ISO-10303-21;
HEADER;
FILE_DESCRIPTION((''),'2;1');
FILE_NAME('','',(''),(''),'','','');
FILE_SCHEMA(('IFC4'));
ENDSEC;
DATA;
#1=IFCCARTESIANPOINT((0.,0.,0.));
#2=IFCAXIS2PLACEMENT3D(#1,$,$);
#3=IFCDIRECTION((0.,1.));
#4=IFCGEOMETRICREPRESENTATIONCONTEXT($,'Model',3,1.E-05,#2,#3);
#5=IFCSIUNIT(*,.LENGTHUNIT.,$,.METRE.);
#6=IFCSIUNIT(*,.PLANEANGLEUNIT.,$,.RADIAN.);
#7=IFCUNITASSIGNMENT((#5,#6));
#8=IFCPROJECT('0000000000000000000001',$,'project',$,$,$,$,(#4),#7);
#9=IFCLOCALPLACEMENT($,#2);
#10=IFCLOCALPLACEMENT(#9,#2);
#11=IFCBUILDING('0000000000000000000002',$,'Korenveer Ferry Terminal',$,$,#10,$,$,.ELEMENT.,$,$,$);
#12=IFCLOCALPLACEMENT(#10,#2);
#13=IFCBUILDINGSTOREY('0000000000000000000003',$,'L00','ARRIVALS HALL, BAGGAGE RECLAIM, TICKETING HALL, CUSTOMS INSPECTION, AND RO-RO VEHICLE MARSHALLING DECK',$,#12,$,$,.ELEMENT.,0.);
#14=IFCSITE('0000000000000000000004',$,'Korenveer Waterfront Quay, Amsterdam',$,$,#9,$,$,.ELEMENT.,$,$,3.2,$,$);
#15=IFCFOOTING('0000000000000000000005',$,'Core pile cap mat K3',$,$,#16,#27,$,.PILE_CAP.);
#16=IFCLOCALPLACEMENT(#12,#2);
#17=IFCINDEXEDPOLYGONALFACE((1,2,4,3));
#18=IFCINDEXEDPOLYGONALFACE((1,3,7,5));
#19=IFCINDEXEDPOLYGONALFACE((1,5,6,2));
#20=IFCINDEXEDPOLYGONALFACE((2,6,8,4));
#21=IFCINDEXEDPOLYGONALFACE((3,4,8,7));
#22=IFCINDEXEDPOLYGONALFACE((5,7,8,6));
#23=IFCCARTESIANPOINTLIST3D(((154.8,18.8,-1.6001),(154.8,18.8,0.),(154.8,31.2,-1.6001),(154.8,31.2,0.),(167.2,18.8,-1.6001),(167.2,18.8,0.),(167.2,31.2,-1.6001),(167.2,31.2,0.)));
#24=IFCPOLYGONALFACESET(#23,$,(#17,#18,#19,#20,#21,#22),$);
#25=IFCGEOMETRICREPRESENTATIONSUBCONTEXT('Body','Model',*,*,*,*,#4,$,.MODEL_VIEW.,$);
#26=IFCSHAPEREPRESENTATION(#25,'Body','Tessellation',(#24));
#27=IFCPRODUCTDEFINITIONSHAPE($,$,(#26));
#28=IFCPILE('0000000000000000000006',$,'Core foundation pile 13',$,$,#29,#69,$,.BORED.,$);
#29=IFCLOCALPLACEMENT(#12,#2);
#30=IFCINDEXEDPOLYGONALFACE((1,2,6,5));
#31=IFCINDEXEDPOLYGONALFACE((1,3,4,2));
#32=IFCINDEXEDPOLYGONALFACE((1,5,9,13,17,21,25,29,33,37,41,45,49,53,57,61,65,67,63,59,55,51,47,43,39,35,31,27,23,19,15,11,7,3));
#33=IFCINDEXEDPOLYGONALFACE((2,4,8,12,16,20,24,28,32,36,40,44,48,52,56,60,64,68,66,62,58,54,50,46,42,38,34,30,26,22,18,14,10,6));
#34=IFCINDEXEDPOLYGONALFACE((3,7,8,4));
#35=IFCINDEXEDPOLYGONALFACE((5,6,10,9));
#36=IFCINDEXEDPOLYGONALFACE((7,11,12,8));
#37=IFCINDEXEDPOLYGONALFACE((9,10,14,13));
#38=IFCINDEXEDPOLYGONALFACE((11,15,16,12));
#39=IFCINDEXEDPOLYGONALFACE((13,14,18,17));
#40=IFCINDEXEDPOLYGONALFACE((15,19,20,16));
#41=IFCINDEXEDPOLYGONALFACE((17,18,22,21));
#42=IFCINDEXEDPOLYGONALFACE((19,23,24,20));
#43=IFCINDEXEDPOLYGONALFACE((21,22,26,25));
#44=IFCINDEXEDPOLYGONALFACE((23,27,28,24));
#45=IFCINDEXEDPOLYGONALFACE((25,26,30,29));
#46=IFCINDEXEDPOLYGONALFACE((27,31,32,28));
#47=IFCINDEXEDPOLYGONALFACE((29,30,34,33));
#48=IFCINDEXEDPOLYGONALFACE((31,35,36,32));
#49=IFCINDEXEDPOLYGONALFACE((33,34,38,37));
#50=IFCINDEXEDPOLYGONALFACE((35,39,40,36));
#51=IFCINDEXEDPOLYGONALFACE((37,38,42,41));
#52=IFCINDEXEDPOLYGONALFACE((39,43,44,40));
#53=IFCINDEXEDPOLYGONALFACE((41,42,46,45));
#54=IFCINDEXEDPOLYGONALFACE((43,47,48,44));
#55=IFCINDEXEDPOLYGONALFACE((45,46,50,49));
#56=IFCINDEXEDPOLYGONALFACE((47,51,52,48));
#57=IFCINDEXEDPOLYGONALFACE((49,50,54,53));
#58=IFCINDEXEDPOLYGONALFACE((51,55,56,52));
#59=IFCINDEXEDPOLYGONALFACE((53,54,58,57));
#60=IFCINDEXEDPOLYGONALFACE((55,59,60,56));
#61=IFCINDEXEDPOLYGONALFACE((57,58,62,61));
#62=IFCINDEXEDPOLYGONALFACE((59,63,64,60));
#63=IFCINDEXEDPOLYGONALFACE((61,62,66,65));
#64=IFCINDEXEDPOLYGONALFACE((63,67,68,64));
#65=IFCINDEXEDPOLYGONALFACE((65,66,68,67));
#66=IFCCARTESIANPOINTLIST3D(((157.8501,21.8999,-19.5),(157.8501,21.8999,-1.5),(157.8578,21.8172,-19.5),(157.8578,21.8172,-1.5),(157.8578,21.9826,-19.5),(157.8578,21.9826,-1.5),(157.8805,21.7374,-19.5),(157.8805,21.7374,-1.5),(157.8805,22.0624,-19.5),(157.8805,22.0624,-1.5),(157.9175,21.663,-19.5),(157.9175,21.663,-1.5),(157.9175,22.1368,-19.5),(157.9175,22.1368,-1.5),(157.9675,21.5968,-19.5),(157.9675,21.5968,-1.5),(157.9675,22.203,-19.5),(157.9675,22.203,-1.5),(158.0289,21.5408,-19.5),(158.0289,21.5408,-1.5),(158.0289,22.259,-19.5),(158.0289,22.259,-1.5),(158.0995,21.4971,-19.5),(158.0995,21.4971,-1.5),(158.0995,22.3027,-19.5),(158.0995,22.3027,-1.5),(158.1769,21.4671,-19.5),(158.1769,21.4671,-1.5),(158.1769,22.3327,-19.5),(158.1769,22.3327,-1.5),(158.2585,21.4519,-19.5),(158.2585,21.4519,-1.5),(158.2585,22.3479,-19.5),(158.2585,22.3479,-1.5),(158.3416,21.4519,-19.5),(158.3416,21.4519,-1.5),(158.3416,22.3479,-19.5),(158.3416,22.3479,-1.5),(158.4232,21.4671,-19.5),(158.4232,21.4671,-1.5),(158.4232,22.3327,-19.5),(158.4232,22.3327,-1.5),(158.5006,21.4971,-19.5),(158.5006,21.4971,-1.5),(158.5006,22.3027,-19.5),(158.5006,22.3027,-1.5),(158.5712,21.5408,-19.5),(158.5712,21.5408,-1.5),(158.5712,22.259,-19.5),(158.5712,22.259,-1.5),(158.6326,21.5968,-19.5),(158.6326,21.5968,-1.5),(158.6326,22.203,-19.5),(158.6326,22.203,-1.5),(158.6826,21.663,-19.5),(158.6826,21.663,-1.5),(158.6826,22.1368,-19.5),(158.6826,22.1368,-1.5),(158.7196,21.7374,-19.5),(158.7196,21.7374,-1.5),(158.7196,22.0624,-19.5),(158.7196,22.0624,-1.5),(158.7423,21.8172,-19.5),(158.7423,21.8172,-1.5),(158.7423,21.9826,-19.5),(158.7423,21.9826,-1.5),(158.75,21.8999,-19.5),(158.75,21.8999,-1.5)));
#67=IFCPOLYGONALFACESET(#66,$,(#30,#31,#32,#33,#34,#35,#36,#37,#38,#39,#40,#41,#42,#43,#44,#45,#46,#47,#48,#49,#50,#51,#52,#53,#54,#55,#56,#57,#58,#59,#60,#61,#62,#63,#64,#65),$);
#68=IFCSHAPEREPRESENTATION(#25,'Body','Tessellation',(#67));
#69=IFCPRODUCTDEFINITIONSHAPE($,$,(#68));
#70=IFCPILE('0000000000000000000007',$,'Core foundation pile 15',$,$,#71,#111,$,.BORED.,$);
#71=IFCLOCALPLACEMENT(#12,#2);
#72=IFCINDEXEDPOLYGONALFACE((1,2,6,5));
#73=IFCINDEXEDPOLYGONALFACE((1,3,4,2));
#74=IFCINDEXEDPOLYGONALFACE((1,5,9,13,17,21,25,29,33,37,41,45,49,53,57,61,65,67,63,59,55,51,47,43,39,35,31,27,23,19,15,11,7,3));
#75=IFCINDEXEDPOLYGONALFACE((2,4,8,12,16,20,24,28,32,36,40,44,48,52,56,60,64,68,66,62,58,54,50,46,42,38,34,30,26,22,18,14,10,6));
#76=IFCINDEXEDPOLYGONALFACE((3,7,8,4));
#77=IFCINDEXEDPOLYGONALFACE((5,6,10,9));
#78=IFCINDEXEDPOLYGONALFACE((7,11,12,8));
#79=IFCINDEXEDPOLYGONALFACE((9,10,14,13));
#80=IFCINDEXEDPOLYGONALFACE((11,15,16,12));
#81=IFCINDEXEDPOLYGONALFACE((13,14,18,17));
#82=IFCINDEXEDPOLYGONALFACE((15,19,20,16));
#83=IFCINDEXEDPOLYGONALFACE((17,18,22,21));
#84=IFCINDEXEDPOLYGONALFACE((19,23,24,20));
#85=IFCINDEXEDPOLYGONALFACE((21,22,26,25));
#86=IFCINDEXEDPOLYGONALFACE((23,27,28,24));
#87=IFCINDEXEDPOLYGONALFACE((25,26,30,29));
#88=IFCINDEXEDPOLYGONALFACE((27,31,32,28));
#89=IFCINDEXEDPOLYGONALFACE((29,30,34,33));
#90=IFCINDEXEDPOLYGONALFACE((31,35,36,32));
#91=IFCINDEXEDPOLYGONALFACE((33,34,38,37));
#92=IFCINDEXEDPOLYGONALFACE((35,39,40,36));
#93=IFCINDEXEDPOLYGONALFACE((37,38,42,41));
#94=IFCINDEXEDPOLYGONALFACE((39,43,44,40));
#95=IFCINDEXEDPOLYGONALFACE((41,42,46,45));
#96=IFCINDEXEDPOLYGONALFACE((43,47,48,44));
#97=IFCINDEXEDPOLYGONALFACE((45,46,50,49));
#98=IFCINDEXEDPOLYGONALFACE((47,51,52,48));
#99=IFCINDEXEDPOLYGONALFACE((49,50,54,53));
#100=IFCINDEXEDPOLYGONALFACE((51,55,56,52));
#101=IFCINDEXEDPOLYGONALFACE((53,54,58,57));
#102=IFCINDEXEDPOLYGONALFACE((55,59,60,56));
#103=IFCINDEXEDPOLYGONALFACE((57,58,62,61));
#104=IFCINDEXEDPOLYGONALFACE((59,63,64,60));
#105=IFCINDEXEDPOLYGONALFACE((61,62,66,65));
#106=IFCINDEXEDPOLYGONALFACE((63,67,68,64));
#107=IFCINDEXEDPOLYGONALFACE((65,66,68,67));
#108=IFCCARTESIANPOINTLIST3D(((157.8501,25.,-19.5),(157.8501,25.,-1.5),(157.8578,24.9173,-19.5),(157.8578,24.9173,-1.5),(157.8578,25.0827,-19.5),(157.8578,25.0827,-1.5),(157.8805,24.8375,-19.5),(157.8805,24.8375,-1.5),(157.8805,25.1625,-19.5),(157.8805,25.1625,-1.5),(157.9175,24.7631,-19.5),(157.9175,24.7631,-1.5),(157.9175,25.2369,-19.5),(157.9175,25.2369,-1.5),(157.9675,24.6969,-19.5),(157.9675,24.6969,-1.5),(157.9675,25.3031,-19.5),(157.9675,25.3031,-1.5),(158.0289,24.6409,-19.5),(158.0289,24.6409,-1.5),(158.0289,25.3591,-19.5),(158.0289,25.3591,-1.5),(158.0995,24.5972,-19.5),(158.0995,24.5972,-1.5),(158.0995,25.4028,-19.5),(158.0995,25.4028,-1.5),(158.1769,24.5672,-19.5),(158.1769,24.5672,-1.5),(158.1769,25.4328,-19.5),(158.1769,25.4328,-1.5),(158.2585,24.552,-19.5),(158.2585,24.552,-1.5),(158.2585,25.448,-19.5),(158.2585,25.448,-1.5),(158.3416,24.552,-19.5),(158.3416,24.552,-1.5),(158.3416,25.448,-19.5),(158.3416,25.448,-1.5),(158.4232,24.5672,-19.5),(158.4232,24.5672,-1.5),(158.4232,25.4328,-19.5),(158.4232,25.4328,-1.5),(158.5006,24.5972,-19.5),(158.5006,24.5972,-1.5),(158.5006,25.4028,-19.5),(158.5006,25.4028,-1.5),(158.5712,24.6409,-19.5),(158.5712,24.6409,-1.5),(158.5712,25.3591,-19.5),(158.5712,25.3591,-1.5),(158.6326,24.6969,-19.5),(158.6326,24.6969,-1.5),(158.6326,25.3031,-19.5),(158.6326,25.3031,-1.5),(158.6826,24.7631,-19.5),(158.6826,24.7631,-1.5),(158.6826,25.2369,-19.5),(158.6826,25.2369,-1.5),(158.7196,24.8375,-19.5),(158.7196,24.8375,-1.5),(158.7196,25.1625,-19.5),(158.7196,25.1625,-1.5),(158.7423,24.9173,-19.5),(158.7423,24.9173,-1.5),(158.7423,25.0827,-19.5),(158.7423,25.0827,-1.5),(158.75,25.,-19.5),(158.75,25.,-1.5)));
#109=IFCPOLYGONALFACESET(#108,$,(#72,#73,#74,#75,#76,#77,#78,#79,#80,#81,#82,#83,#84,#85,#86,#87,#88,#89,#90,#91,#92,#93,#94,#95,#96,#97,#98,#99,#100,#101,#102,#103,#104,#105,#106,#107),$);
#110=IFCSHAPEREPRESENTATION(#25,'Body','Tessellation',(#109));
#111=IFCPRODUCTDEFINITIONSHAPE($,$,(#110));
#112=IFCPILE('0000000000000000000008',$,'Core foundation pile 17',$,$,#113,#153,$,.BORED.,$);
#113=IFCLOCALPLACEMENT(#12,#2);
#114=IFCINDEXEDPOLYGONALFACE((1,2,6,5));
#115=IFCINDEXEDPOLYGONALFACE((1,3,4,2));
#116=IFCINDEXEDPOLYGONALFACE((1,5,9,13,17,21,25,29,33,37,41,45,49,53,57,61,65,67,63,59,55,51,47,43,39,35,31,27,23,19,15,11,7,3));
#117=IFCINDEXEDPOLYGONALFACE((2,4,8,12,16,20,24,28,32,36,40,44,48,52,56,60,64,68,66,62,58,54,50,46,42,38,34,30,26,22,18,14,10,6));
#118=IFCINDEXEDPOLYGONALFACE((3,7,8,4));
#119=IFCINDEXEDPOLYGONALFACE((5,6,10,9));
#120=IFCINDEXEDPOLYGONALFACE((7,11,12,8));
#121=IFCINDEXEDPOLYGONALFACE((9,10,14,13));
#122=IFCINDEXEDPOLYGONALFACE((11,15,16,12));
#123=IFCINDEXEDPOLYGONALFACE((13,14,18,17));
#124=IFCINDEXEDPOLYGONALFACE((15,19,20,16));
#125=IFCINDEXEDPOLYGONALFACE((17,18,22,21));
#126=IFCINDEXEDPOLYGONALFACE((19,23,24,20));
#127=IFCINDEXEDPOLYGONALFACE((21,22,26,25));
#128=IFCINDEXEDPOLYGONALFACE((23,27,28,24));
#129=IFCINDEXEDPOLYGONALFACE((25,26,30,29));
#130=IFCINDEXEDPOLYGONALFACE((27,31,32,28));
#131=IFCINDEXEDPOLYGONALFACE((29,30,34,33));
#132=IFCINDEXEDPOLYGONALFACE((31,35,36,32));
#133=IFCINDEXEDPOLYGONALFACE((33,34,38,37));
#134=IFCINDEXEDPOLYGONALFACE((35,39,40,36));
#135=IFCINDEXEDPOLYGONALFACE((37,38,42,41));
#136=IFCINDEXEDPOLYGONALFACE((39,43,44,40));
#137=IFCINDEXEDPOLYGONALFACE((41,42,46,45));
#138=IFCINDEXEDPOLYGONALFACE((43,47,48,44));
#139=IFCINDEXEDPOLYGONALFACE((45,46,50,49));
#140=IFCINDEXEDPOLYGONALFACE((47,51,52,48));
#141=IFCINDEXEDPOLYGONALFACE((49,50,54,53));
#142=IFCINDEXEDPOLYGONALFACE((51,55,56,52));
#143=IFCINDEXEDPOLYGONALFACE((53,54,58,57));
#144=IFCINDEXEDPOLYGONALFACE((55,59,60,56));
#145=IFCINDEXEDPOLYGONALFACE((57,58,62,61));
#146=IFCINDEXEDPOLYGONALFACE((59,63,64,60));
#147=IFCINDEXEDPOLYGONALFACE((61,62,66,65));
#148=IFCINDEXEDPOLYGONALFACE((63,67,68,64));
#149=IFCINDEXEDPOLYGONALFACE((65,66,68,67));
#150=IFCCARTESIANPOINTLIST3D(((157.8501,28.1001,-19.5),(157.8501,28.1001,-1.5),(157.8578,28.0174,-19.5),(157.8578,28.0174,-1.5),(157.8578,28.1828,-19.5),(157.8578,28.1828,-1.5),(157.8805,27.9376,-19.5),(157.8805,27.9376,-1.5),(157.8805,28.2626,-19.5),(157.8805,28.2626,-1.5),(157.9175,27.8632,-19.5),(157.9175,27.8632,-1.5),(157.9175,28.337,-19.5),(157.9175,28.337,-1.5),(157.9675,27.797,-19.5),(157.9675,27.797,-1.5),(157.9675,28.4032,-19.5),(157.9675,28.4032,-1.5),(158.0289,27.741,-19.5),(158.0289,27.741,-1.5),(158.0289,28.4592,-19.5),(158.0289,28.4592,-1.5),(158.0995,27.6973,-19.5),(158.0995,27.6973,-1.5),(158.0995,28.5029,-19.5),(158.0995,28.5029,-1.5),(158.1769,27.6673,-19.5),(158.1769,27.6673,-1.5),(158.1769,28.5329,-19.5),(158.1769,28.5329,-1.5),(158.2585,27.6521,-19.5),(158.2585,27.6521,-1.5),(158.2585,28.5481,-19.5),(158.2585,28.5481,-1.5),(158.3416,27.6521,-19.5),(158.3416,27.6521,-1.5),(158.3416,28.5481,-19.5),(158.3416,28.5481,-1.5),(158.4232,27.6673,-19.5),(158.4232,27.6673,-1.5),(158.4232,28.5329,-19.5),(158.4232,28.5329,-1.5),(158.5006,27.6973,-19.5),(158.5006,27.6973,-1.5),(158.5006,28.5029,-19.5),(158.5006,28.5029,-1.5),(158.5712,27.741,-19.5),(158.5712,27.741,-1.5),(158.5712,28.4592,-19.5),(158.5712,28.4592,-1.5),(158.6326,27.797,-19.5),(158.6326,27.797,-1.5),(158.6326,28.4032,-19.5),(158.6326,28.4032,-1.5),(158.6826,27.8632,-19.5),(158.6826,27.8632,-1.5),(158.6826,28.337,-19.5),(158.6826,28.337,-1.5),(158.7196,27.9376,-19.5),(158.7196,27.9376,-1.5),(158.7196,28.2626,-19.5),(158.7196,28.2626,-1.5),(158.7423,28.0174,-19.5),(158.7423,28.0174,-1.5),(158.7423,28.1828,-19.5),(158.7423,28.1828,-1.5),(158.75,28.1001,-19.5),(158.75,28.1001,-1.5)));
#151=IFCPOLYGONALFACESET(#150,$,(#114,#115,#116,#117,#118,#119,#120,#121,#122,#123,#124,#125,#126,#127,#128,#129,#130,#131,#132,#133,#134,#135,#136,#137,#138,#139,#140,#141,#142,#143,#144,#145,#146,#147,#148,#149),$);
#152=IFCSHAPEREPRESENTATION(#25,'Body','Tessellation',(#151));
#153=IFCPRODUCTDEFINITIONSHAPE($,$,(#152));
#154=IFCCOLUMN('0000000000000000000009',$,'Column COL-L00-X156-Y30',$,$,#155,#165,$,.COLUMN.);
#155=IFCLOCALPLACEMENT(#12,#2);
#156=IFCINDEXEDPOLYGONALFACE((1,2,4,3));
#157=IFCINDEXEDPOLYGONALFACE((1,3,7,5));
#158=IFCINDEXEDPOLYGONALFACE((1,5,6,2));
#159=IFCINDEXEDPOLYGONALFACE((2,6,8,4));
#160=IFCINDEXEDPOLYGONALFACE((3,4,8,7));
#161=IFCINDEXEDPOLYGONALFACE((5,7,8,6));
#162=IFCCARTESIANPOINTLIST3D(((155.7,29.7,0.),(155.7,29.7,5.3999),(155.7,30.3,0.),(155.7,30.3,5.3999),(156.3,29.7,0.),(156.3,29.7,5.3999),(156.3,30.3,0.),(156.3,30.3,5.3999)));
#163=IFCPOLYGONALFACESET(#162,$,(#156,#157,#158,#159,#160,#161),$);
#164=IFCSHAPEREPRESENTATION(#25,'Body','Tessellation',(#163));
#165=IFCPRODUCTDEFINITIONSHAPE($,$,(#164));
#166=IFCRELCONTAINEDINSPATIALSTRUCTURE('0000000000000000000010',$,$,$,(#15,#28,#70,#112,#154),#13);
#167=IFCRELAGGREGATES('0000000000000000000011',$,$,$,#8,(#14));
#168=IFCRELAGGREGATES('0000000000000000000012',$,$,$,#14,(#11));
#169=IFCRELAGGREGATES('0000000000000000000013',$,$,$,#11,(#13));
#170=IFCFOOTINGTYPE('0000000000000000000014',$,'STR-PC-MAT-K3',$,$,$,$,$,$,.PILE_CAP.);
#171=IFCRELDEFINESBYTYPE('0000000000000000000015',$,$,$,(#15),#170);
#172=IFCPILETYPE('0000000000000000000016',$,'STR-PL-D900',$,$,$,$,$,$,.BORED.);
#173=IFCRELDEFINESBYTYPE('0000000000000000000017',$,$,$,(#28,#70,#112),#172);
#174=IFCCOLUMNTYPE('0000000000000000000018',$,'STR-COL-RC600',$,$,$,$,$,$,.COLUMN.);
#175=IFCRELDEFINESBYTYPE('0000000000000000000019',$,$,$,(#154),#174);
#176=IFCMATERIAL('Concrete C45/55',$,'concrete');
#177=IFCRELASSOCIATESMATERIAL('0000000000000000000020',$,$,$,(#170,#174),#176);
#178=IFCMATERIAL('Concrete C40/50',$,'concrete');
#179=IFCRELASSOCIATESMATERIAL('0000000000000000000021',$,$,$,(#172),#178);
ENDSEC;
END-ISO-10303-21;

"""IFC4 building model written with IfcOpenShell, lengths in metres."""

from ifc_helpers import new_model, si_unit, direction, frame, origin, origin_2d, place, context, subcontext, project, spatial, rectangle, circle, extrude, material, material_profile, profile_set, type_object, element, save


model = new_model("IFC4")

# Units and contexts
model_context = context("Model", 3, precision=1e-05, world=origin(), true_north=direction((0.0, 1.0)))
body_context = subcontext(model_context, "Body", "Model", "MODEL_VIEW")
ifc_project = project(units=[si_unit("LENGTHUNIT", "METRE"), si_unit("PLANEANGLEUNIT", "RADIAN")], contexts=[model_context])

# Site, building, storey
site_placement = place(None, origin())
site = spatial("IfcSite", under=ifc_project, at=site_placement, Name="Korenveer Waterfront Quay, Amsterdam", CompositionType="ELEMENT", RefElevation=3.2)
building_placement = place(site_placement, origin())
building = spatial("IfcBuilding", under=site, at=building_placement, Name="Korenveer Ferry Terminal", CompositionType="ELEMENT")
storey_placement = place(building_placement, origin())
storey = spatial("IfcBuildingStorey", under=building, at=storey_placement, Name="L00", Description="ARRIVALS HALL, BAGGAGE RECLAIM, TICKETING HALL, CUSTOMS INSPECTION, AND RO-RO VEHICLE MARSHALLING DECK", CompositionType="ELEMENT", Elevation=0.0)

# Footing
ifc_material_1 = material(Name="Concrete C45/55", Category="concrete")
footing_type = type_object("IfcFootingType", Name="STR-PC-MAT-K3", PredefinedType="PILE_CAP", material=ifc_material_1)
footing_placement = place(storey_placement, frame((161.0, 25.0, -1.6001), z_axis=(0.0, 0.0, 1.0), x_axis=(1.0, 0.0, 0.0)))
element("IfcFooting", 1, at=footing_placement, inside=storey, type_object=footing_type, Name="Core pile cap mat K3", PredefinedType="PILE_CAP", context=body_context, shape_type="SweptSolid", body=[
    extrude(rectangle(XDim=12.3999, YDim=12.3999, at=origin_2d()), origin(), (0.0, 0.0, 1.0), 1.6001),
])

# Piles
ifc_material_2 = material(Name="Concrete C40/50", Category="concrete")
ifc_material_profile_1 = material_profile(ifc_material_2, circle(Radius=0.45, at=origin_2d()), Name="PILE D900")
ifc_profile_set_1 = profile_set([ifc_material_profile_1], Name="Concrete C40/50")
pile_type = type_object("IfcPileType", Name="STR-PL-D900", PredefinedType="BORED", material=ifc_profile_set_1)
for number, where, z_axis, x_axis, name in (
    (2, (158.3, 21.8999, -1.5), (0.0, 0.0, -1.0), (1.0, 0.0, 0.0), "Core foundation pile 13"),
    (3, (158.3, 25.0, -1.5), (0.0, 0.0, -1.0), (1.0, 0.0, 0.0), "Core foundation pile 15"),
    (4, (158.3, 28.1001, -1.5), (0.0, 0.0, -1.0), (1.0, 0.0, 0.0), "Core foundation pile 17"),
):
    element("IfcPile", number, at=place(storey_placement, frame(where, z_axis=z_axis, x_axis=x_axis)), inside=storey, type_object=pile_type, Name=name, PredefinedType="BORED", context=body_context, shape_type="SweptSolid", body=[
        extrude(circle(Radius=0.45, at=origin_2d()), origin(), (0.0, 0.0, 1.0), 18.0),
    ])

# Column
ifc_material_profile_2 = material_profile(ifc_material_1, rectangle(XDim=0.6001, YDim=0.6001, at=origin_2d()), Name="RC 600x600")
ifc_profile_set_2 = profile_set([ifc_material_profile_2], Name="Concrete C45/55")
column_type = type_object("IfcColumnType", Name="STR-COL-RC600", PredefinedType="COLUMN", material=ifc_profile_set_2)
column_placement = place(storey_placement, frame((156.0, 30.0, 0.0), z_axis=(0.0, 0.0, 1.0), x_axis=(1.0, 0.0, 0.0)))
element("IfcColumn", 5, at=column_placement, inside=storey, type_object=column_type, Name="Column COL-L00-X156-Y30", PredefinedType="COLUMN", context=body_context, shape_type="SweptSolid", body=[
    extrude(rectangle(XDim=0.6001, YDim=0.6001, at=origin_2d()), origin(), (0.0, 0.0, 1.0), 5.3999),
])

save(model, "model.ifc")
